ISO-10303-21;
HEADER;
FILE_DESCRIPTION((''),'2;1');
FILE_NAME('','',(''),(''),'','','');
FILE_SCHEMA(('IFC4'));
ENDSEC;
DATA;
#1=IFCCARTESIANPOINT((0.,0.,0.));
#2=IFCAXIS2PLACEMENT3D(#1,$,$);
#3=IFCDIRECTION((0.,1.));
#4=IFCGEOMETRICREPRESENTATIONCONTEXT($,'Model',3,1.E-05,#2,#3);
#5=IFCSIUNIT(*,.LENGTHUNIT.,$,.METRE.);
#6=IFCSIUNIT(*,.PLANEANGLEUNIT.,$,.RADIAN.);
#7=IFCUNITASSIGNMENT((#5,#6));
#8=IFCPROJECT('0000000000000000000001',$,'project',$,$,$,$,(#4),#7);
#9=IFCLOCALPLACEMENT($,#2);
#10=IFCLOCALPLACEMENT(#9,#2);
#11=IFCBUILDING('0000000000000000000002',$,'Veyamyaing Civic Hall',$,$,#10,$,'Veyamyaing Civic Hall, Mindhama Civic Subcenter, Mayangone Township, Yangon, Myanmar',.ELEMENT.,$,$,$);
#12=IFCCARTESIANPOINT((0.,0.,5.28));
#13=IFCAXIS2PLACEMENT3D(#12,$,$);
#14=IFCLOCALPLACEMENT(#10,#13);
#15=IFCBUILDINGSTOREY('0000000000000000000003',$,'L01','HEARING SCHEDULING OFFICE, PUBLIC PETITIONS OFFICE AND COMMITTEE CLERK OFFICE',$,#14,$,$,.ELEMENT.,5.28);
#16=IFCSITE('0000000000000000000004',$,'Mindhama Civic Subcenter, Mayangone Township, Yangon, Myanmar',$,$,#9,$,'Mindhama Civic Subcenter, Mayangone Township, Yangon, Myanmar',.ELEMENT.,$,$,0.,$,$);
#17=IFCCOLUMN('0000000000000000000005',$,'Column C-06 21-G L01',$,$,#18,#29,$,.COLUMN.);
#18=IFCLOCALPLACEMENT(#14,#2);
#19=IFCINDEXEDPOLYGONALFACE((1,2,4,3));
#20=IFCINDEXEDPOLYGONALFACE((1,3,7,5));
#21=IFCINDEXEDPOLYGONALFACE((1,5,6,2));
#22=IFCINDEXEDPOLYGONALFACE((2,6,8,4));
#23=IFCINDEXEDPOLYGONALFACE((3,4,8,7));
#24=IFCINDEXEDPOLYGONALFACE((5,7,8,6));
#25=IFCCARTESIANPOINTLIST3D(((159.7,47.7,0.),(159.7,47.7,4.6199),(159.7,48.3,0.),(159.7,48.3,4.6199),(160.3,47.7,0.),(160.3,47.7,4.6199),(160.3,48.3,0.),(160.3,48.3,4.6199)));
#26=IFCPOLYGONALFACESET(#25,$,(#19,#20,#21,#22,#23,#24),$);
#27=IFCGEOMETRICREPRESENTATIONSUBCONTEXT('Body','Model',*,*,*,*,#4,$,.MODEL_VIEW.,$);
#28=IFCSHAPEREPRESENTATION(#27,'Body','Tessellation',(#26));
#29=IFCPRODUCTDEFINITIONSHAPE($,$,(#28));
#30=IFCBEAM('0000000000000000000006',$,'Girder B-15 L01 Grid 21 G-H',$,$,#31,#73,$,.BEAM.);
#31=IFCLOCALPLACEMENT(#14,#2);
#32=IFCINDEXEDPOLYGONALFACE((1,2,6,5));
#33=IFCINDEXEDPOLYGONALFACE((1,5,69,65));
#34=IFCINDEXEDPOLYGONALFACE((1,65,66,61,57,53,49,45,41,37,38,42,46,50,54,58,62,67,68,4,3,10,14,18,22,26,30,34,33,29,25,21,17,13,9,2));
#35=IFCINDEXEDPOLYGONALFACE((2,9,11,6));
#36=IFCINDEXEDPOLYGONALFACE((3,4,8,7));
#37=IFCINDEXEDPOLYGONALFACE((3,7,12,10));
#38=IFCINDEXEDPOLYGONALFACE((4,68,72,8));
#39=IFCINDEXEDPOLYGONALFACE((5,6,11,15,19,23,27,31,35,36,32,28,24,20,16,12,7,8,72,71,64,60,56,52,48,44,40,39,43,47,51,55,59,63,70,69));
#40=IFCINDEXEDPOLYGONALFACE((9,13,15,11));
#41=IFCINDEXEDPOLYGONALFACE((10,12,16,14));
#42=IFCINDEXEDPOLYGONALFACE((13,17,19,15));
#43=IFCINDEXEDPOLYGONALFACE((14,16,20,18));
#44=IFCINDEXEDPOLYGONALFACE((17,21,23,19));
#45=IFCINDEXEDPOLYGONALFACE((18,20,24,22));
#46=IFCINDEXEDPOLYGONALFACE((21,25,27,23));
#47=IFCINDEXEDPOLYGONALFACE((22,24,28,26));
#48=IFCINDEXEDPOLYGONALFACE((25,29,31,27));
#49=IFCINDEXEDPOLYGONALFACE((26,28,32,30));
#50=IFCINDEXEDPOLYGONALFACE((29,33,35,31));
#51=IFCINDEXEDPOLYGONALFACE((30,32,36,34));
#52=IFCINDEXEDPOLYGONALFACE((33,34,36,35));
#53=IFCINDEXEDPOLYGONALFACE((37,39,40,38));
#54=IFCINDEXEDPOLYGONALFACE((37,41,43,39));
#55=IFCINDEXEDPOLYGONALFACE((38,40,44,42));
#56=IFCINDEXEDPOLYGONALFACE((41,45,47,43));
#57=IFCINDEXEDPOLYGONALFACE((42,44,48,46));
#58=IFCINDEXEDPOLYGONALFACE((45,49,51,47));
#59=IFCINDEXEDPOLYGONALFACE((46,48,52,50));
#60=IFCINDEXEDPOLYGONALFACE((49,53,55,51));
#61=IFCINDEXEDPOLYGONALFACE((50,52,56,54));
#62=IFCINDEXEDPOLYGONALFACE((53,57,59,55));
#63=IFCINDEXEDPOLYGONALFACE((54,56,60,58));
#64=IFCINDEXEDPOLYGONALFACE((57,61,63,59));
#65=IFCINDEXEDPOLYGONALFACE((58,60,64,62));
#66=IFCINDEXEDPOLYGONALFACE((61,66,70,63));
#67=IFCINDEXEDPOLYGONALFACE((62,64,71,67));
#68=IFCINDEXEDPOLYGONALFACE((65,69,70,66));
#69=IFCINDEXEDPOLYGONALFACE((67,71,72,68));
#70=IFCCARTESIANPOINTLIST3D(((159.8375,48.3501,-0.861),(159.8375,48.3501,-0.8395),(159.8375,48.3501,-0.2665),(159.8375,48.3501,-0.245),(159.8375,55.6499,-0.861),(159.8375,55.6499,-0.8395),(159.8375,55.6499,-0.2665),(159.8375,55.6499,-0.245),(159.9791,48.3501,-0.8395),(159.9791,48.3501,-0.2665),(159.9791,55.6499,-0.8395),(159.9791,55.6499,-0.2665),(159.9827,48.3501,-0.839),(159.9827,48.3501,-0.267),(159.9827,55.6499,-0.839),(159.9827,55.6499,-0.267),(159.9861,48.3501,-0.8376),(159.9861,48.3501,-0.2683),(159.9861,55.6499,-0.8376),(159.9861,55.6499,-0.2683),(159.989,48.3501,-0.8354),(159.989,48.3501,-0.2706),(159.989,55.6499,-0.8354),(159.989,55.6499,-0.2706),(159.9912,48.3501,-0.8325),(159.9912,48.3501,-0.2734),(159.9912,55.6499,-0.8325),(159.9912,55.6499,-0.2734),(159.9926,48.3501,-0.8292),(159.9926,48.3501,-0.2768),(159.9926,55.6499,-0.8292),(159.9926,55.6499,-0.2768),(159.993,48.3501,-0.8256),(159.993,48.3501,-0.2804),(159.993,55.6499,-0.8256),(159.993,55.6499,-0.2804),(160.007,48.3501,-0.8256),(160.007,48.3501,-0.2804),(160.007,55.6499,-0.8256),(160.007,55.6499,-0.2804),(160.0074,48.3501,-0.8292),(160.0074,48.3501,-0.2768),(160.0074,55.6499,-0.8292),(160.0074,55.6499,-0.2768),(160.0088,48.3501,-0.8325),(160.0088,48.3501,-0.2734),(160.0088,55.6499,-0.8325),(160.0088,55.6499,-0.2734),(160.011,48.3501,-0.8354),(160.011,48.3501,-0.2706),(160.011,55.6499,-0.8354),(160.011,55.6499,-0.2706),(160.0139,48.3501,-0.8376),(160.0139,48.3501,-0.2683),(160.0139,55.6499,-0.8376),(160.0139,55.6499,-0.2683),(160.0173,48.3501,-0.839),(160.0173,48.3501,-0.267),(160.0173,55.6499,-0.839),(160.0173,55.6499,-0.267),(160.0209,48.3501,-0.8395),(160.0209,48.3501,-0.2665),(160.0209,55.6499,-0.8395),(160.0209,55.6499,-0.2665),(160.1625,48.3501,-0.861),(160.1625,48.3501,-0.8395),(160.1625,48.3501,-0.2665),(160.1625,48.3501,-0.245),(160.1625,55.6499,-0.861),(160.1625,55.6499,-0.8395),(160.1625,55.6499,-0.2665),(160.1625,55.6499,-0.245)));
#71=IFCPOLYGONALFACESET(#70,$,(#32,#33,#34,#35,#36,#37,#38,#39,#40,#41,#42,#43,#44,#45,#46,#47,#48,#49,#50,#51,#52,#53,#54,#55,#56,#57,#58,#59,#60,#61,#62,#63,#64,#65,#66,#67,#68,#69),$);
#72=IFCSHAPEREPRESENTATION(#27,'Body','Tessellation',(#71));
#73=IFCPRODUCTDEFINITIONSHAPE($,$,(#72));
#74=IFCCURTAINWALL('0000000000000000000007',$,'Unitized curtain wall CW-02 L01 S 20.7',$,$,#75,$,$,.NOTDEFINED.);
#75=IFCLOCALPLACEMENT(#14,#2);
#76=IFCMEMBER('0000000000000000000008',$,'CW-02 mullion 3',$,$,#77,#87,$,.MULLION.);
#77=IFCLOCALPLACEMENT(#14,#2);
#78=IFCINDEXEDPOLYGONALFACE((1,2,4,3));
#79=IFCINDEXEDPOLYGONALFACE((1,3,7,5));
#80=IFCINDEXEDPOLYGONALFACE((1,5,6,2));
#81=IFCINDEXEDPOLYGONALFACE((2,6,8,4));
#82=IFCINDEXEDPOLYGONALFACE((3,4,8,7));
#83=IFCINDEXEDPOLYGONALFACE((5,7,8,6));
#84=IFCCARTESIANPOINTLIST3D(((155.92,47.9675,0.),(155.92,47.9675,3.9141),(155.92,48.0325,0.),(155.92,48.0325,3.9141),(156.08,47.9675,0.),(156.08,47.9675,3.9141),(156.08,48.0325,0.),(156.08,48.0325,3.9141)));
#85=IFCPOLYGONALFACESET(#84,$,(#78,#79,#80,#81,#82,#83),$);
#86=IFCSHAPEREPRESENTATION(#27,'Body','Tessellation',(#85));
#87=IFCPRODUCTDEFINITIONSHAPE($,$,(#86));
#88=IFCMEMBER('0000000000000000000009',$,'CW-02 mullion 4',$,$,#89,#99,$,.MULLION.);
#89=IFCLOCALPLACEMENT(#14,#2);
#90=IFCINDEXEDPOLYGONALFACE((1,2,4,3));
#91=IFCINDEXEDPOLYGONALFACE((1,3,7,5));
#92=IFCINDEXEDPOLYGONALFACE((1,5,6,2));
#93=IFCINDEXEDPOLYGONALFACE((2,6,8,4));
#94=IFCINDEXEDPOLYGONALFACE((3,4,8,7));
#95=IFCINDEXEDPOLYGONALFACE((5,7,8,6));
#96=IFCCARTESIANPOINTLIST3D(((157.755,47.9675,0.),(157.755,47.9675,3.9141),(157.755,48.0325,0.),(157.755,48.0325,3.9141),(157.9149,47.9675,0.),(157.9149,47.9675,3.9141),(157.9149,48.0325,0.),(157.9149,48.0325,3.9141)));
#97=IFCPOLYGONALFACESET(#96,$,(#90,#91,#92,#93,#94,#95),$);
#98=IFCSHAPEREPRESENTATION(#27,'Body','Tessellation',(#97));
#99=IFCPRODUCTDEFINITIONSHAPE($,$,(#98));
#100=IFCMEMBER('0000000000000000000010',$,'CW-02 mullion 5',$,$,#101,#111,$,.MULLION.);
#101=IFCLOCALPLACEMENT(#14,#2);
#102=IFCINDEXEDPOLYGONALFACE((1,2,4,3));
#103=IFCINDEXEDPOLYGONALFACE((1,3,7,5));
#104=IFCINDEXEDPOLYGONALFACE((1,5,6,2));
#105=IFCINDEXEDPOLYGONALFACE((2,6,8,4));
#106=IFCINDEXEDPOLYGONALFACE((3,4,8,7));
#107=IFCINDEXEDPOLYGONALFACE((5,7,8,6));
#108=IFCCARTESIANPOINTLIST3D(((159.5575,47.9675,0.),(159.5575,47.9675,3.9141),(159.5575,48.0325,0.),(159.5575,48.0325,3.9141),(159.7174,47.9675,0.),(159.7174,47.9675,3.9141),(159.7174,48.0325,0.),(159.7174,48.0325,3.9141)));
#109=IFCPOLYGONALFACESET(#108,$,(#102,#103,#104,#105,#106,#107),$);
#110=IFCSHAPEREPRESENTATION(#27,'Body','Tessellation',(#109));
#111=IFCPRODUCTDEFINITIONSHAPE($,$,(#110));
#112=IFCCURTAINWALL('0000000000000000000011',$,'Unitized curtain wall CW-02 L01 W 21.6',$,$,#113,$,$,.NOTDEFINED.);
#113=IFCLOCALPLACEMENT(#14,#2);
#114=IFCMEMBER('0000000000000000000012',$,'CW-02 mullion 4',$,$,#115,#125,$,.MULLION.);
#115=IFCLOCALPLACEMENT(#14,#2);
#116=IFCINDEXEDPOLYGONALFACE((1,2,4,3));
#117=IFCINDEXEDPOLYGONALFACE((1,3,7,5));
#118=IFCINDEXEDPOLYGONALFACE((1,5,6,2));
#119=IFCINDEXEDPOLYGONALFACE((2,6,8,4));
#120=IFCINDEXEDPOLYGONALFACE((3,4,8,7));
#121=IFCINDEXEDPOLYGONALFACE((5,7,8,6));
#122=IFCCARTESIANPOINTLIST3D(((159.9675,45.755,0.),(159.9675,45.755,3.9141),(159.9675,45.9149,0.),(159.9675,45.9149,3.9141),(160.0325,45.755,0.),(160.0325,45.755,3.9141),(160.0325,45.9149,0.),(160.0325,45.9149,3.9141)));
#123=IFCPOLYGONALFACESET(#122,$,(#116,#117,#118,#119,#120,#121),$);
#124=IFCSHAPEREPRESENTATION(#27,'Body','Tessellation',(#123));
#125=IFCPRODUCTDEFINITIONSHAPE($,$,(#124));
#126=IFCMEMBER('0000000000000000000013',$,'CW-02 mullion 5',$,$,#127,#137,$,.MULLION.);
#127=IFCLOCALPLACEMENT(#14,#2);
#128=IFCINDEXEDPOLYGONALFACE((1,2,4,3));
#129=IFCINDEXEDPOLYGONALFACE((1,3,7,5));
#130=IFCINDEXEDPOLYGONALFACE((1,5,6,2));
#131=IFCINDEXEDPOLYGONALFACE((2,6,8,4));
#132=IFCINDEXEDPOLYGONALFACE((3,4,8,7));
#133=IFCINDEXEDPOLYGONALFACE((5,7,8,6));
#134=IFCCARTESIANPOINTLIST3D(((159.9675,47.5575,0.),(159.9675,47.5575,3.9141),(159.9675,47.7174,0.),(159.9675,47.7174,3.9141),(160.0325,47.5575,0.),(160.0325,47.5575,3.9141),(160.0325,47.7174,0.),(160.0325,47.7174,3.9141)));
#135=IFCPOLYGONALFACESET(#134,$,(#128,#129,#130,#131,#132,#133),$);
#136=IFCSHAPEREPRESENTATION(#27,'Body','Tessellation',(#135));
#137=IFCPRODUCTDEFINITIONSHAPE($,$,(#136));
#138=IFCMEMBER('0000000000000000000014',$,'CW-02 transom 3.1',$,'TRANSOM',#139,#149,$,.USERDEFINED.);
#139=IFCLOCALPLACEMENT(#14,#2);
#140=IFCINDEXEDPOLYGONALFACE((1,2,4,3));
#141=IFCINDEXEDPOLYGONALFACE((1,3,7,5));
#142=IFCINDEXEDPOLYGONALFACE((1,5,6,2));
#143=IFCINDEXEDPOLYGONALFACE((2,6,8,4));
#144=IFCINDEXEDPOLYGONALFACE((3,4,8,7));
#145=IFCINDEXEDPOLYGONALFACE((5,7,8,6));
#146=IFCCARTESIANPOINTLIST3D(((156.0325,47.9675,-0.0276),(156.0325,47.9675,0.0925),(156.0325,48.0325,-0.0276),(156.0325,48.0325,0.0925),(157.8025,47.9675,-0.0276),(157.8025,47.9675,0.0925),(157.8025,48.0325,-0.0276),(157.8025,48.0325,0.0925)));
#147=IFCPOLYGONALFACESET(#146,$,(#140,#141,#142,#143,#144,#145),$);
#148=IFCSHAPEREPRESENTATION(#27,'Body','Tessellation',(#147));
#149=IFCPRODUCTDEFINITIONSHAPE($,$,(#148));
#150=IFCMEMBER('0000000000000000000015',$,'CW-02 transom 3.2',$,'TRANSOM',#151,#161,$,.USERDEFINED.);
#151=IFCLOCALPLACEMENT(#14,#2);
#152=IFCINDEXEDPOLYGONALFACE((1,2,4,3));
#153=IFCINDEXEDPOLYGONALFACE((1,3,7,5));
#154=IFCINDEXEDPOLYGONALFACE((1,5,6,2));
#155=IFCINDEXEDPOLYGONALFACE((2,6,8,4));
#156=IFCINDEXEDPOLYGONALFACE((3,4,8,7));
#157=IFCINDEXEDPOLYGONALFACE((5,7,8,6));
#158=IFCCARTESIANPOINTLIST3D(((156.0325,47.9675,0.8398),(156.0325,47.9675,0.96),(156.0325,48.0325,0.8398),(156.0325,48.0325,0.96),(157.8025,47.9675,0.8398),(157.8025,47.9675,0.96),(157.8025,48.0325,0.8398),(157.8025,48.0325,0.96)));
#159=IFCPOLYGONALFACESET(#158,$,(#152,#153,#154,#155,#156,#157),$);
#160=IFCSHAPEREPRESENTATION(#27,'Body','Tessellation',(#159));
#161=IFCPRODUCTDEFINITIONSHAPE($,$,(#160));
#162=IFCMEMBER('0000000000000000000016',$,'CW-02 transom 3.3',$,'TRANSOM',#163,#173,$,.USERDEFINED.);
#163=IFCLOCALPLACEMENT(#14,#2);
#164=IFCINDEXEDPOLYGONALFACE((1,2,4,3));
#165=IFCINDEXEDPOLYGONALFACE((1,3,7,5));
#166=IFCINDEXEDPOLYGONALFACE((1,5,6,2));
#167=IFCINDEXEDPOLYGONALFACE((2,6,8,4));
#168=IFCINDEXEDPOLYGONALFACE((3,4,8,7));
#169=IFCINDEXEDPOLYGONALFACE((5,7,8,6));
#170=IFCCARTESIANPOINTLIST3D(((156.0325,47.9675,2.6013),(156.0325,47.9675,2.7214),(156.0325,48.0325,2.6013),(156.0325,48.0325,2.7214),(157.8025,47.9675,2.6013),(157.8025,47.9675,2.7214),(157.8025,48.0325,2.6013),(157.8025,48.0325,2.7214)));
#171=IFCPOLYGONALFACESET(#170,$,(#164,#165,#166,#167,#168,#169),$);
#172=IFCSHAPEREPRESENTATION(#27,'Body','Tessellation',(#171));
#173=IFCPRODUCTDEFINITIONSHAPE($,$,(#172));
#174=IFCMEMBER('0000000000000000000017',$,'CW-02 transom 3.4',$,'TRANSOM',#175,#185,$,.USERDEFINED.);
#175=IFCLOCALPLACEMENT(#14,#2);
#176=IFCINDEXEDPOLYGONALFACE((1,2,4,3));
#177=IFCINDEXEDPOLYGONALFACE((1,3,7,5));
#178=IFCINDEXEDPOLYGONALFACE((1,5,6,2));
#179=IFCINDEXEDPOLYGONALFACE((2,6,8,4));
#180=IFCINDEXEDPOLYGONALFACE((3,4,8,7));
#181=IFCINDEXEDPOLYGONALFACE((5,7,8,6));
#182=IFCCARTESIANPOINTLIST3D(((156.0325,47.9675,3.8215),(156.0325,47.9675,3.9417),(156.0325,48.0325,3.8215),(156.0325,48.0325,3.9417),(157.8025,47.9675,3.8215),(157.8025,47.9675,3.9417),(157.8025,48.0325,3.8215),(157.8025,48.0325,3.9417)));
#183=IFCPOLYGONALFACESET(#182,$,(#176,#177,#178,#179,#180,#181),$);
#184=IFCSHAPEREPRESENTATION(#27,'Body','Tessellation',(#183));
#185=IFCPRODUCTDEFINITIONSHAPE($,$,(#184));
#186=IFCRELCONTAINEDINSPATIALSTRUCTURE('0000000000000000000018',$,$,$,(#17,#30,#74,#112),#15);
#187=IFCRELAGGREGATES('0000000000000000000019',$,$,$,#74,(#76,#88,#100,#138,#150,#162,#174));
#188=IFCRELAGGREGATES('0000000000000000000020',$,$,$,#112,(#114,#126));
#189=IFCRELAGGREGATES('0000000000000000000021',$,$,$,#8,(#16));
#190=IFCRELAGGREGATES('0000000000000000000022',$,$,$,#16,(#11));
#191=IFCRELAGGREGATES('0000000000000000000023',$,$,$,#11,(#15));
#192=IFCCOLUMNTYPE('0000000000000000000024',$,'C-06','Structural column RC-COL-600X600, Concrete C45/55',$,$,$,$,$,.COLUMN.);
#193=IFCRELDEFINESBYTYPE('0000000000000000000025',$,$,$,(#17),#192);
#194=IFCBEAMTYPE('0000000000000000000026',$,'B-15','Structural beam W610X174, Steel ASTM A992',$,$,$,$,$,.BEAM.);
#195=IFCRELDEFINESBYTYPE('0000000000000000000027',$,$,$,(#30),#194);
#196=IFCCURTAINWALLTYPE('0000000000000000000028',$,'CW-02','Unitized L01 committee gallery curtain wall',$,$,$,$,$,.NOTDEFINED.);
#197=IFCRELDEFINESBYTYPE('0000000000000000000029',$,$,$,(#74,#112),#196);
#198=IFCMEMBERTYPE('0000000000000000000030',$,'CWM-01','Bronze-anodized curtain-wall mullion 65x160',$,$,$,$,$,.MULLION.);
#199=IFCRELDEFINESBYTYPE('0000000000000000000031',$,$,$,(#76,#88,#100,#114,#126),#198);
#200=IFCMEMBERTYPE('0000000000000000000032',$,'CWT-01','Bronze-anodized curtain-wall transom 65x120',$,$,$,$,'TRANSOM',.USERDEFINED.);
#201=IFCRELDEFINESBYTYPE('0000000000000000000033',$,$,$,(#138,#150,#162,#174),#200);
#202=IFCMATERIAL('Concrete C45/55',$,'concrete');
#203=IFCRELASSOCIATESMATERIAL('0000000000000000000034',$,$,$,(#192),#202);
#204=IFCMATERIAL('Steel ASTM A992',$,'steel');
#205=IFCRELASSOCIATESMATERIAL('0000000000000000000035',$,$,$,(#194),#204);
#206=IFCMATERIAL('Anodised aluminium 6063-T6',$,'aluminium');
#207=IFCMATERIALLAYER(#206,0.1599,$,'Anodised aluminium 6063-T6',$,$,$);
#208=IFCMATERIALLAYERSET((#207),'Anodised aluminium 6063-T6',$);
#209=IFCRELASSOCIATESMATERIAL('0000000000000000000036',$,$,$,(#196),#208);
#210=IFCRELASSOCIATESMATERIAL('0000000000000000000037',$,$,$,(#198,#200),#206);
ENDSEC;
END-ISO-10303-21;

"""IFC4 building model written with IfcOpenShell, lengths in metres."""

from ifc_helpers import new_model, si_unit, direction, frame, origin, origin_2d, place, context, subcontext, project, spatial, rectangle, i_section, extrude, material, layer, layer_set, material_profile, profile_set, type_object, element, aggregate, save


model = new_model("IFC4")

# Units and contexts
model_context = context("Model", 3, precision=1e-05, world=origin(), true_north=direction((0.0, 1.0)))
body_context = subcontext(model_context, "Body", "Model", "MODEL_VIEW")
ifc_project = project(units=[si_unit("LENGTHUNIT", "METRE"), si_unit("PLANEANGLEUNIT", "RADIAN")], contexts=[model_context])

# Site, building, storey
site_placement = place(None, origin())
site = spatial("IfcSite", under=ifc_project, at=site_placement, Name="Mindhama Civic Subcenter, Mayangone Township, Yangon, Myanmar", LongName="Mindhama Civic Subcenter, Mayangone Township, Yangon, Myanmar", CompositionType="ELEMENT", RefElevation=0.0)
building_placement = place(site_placement, origin())
building = spatial("IfcBuilding", under=site, at=building_placement, Name="Veyamyaing Civic Hall", LongName="Veyamyaing Civic Hall, Mindhama Civic Subcenter, Mayangone Township, Yangon, Myanmar", CompositionType="ELEMENT")
storey_placement = place(building_placement, frame((0.0, 0.0, 5.28)))
storey = spatial("IfcBuildingStorey", under=building, at=storey_placement, Name="L01", Description="HEARING SCHEDULING OFFICE, PUBLIC PETITIONS OFFICE AND COMMITTEE CLERK OFFICE", CompositionType="ELEMENT", Elevation=5.28)

# Column
ifc_material_1 = material(Name="Concrete C45/55", Category="concrete")
ifc_material_profile_1 = material_profile(ifc_material_1, rectangle(XDim=0.6001, YDim=0.6001, at=origin_2d()), Name="RC-COL-600X600")
ifc_profile_set_1 = profile_set([ifc_material_profile_1], Name="Concrete C45/55")
column_type = type_object("IfcColumnType", Name="C-06", Description="Structural column RC-COL-600X600, Concrete C45/55", PredefinedType="COLUMN", material=ifc_profile_set_1)
column_placement = place(storey_placement, frame((160.0, 48.0, 0.0), z_axis=(0.0, 0.0, 1.0), x_axis=(1.0, 0.0, 0.0)))
element("IfcColumn", 1, at=column_placement, inside=storey, type_object=column_type, Name="Column C-06 21-G L01", PredefinedType="COLUMN", context=body_context, shape_type="SweptSolid", body=[
    extrude(rectangle(XDim=0.6001, YDim=0.6001, at=origin_2d()), origin(), (0.0, 0.0, 1.0), 4.6199),
])

# Beam
ifc_material_2 = material(Name="Steel ASTM A992", Category="steel")
ifc_material_profile_2 = material_profile(ifc_material_2, i_section(OverallWidth=0.325, OverallDepth=0.616, WebThickness=0.0139, FlangeThickness=0.0215, FilletRadius=0.0139, at=origin_2d()), Name="W610X174")
ifc_profile_set_2 = profile_set([ifc_material_profile_2], Name="Steel ASTM A992")
beam_type_1 = type_object("IfcBeamType", Name="B-15", Description="Structural beam W610X174, Steel ASTM A992", PredefinedType="BEAM", material=ifc_profile_set_2)
beam_1_placement = place(storey_placement, frame((160.0, 48.3501, -0.553), z_axis=(0.0, 1.0, 0.0), x_axis=(-1.0, 0.0, 0.0)))
element("IfcBeam", 2, at=beam_1_placement, inside=storey, type_object=beam_type_1, Name="Girder B-15 L01 Grid 21 G-H", PredefinedType="BEAM", context=body_context, shape_type="SweptSolid", body=[
    extrude(i_section(OverallWidth=0.325, OverallDepth=0.616, WebThickness=0.0139, FlangeThickness=0.0215, FilletRadius=0.0139, at=origin_2d()), origin(), (0.0, 0.0, 1.0), 7.2998),
])

# Curtain walls, members
ifc_material_3 = material(Name="Anodised aluminium 6063-T6", Category="aluminium")
ifc_layer_1 = layer(ifc_material_3, 0.1599, Name="Anodised aluminium 6063-T6")
ifc_layer_set_1 = layer_set([ifc_layer_1], Name="Anodised aluminium 6063-T6")
curtain_wall_type = type_object("IfcCurtainWallType", Name="CW-02", Description="Unitized L01 committee gallery curtain wall", PredefinedType="NOTDEFINED", material=ifc_layer_set_1)
curtain_wall_1_placement = place(storey_placement, origin())
curtain_wall_1 = element("IfcCurtainWall", 3, at=curtain_wall_1_placement, inside=storey, type_object=curtain_wall_type, Name="Unitized curtain wall CW-02 L01 S 20.7", PredefinedType="NOTDEFINED")
ifc_material_profile_3 = material_profile(ifc_material_3, rectangle(XDim=0.0649, YDim=0.1599, at=origin_2d()), Name="ALU-MUL-65X160")
ifc_profile_set_3 = profile_set([ifc_material_profile_3], Name="Anodised aluminium 6063-T6")
member_type_1 = type_object("IfcMemberType", Name="CWM-01", Description="Bronze-anodized curtain-wall mullion 65x160", PredefinedType="MULLION", material=ifc_profile_set_3)
member_1_placement = place(storey_placement, frame((156.0, 48.0, 0.0), z_axis=(0.0, 0.0, 1.0), x_axis=(0.0, 1.0, 0.0)))
member_1 = element("IfcMember", 4, at=member_1_placement, type_object=member_type_1, Name="CW-02 mullion 3", PredefinedType="MULLION", context=body_context, shape_type="SweptSolid", body=[
    extrude(rectangle(XDim=0.0649, YDim=0.1599, at=origin_2d()), origin(), (0.0, 0.0, 1.0), 3.9141),
])
member_2_placement = place(storey_placement, frame((157.835, 48.0, 0.0), z_axis=(0.0, 0.0, 1.0), x_axis=(0.0, 1.0, 0.0)))
member_2 = element("IfcMember", 5, at=member_2_placement, type_object=member_type_1, Name="CW-02 mullion 4", PredefinedType="MULLION", context=body_context, shape_type="SweptSolid", body=[
    extrude(rectangle(XDim=0.0649, YDim=0.1599, at=origin_2d()), origin(), (0.0, 0.0, 1.0), 3.9141),
])
member_3_placement = place(storey_placement, frame((159.6375, 48.0, 0.0), z_axis=(0.0, 0.0, 1.0), x_axis=(0.0, 1.0, 0.0)))
member_3 = element("IfcMember", 6, at=member_3_placement, type_object=member_type_1, Name="CW-02 mullion 5", PredefinedType="MULLION", context=body_context, shape_type="SweptSolid", body=[
    extrude(rectangle(XDim=0.0649, YDim=0.1599, at=origin_2d()), origin(), (0.0, 0.0, 1.0), 3.9141),
])
curtain_wall_2_placement = place(storey_placement, origin())
curtain_wall_2 = element("IfcCurtainWall", 7, at=curtain_wall_2_placement, inside=storey, type_object=curtain_wall_type, Name="Unitized curtain wall CW-02 L01 W 21.6", PredefinedType="NOTDEFINED")
member_4_placement = place(storey_placement, frame((160.0, 45.835, 0.0), z_axis=(0.0, 0.0, 1.0), x_axis=(-1.0, 0.0, 0.0)))
member_4 = element("IfcMember", 8, at=member_4_placement, type_object=member_type_1, Name="CW-02 mullion 4", PredefinedType="MULLION", context=body_context, shape_type="SweptSolid", body=[
    extrude(rectangle(XDim=0.0649, YDim=0.1599, at=origin_2d()), origin(), (0.0, 0.0, 1.0), 3.9141),
])
member_5_placement = place(storey_placement, frame((160.0, 47.6375, 0.0), z_axis=(0.0, 0.0, 1.0), x_axis=(-1.0, 0.0, 0.0)))
member_5 = element("IfcMember", 9, at=member_5_placement, type_object=member_type_1, Name="CW-02 mullion 5", PredefinedType="MULLION", context=body_context, shape_type="SweptSolid", body=[
    extrude(rectangle(XDim=0.0649, YDim=0.1599, at=origin_2d()), origin(), (0.0, 0.0, 1.0), 3.9141),
])

# Members
ifc_material_profile_4 = material_profile(ifc_material_3, rectangle(XDim=0.0649, YDim=0.1201, at=origin_2d()), Name="ALU-TRN-65X120")
ifc_profile_set_4 = profile_set([ifc_material_profile_4], Name="Anodised aluminium 6063-T6")
member_type_2 = type_object("IfcMemberType", Name="CWT-01", Description="Bronze-anodized curtain-wall transom 65x120", ElementType="TRANSOM", PredefinedType="USERDEFINED", material=ifc_profile_set_4)
member_6_placement = place(storey_placement, frame((156.0325, 48.0, 0.0325), z_axis=(1.0, 0.0, 0.0), x_axis=(0.0, 1.0, 0.0)))
member_6 = element("IfcMember", 10, at=member_6_placement, type_object=member_type_2, Name="CW-02 transom 3.1", ObjectType="TRANSOM", PredefinedType="USERDEFINED", context=body_context, shape_type="SweptSolid", body=[
    extrude(rectangle(XDim=0.0649, YDim=0.1201, at=origin_2d()), origin(), (0.0, 0.0, 1.0), 1.77),
])
member_7_placement = place(storey_placement, frame((156.0325, 48.0, 0.8999), z_axis=(1.0, 0.0, 0.0), x_axis=(0.0, 1.0, 0.0)))
member_7 = element("IfcMember", 11, at=member_7_placement, type_object=member_type_2, Name="CW-02 transom 3.2", ObjectType="TRANSOM", PredefinedType="USERDEFINED", context=body_context, shape_type="SweptSolid", body=[
    extrude(rectangle(XDim=0.0649, YDim=0.1201, at=origin_2d()), origin(), (0.0, 0.0, 1.0), 1.77),
])
member_8_placement = place(storey_placement, frame((156.0325, 48.0, 2.6614), z_axis=(1.0, 0.0, 0.0), x_axis=(0.0, 1.0, 0.0)))
member_8 = element("IfcMember", 12, at=member_8_placement, type_object=member_type_2, Name="CW-02 transom 3.3", ObjectType="TRANSOM", PredefinedType="USERDEFINED", context=body_context, shape_type="SweptSolid", body=[
    extrude(rectangle(XDim=0.0649, YDim=0.1201, at=origin_2d()), origin(), (0.0, 0.0, 1.0), 1.77),
])
member_9_placement = place(storey_placement, frame((156.0325, 48.0, 3.8816), z_axis=(1.0, 0.0, 0.0), x_axis=(0.0, 1.0, 0.0)))
member_9 = element("IfcMember", 13, at=member_9_placement, type_object=member_type_2, Name="CW-02 transom 3.4", ObjectType="TRANSOM", PredefinedType="USERDEFINED", context=body_context, shape_type="SweptSolid", body=[
    extrude(rectangle(XDim=0.0649, YDim=0.1201, at=origin_2d()), origin(), (0.0, 0.0, 1.0), 1.77),
])

aggregate(curtain_wall_1, [member_1, member_2, member_3, member_6, member_7, member_8, member_9])
aggregate(curtain_wall_2, [member_4, member_5])

save(model, "model.ifc")
